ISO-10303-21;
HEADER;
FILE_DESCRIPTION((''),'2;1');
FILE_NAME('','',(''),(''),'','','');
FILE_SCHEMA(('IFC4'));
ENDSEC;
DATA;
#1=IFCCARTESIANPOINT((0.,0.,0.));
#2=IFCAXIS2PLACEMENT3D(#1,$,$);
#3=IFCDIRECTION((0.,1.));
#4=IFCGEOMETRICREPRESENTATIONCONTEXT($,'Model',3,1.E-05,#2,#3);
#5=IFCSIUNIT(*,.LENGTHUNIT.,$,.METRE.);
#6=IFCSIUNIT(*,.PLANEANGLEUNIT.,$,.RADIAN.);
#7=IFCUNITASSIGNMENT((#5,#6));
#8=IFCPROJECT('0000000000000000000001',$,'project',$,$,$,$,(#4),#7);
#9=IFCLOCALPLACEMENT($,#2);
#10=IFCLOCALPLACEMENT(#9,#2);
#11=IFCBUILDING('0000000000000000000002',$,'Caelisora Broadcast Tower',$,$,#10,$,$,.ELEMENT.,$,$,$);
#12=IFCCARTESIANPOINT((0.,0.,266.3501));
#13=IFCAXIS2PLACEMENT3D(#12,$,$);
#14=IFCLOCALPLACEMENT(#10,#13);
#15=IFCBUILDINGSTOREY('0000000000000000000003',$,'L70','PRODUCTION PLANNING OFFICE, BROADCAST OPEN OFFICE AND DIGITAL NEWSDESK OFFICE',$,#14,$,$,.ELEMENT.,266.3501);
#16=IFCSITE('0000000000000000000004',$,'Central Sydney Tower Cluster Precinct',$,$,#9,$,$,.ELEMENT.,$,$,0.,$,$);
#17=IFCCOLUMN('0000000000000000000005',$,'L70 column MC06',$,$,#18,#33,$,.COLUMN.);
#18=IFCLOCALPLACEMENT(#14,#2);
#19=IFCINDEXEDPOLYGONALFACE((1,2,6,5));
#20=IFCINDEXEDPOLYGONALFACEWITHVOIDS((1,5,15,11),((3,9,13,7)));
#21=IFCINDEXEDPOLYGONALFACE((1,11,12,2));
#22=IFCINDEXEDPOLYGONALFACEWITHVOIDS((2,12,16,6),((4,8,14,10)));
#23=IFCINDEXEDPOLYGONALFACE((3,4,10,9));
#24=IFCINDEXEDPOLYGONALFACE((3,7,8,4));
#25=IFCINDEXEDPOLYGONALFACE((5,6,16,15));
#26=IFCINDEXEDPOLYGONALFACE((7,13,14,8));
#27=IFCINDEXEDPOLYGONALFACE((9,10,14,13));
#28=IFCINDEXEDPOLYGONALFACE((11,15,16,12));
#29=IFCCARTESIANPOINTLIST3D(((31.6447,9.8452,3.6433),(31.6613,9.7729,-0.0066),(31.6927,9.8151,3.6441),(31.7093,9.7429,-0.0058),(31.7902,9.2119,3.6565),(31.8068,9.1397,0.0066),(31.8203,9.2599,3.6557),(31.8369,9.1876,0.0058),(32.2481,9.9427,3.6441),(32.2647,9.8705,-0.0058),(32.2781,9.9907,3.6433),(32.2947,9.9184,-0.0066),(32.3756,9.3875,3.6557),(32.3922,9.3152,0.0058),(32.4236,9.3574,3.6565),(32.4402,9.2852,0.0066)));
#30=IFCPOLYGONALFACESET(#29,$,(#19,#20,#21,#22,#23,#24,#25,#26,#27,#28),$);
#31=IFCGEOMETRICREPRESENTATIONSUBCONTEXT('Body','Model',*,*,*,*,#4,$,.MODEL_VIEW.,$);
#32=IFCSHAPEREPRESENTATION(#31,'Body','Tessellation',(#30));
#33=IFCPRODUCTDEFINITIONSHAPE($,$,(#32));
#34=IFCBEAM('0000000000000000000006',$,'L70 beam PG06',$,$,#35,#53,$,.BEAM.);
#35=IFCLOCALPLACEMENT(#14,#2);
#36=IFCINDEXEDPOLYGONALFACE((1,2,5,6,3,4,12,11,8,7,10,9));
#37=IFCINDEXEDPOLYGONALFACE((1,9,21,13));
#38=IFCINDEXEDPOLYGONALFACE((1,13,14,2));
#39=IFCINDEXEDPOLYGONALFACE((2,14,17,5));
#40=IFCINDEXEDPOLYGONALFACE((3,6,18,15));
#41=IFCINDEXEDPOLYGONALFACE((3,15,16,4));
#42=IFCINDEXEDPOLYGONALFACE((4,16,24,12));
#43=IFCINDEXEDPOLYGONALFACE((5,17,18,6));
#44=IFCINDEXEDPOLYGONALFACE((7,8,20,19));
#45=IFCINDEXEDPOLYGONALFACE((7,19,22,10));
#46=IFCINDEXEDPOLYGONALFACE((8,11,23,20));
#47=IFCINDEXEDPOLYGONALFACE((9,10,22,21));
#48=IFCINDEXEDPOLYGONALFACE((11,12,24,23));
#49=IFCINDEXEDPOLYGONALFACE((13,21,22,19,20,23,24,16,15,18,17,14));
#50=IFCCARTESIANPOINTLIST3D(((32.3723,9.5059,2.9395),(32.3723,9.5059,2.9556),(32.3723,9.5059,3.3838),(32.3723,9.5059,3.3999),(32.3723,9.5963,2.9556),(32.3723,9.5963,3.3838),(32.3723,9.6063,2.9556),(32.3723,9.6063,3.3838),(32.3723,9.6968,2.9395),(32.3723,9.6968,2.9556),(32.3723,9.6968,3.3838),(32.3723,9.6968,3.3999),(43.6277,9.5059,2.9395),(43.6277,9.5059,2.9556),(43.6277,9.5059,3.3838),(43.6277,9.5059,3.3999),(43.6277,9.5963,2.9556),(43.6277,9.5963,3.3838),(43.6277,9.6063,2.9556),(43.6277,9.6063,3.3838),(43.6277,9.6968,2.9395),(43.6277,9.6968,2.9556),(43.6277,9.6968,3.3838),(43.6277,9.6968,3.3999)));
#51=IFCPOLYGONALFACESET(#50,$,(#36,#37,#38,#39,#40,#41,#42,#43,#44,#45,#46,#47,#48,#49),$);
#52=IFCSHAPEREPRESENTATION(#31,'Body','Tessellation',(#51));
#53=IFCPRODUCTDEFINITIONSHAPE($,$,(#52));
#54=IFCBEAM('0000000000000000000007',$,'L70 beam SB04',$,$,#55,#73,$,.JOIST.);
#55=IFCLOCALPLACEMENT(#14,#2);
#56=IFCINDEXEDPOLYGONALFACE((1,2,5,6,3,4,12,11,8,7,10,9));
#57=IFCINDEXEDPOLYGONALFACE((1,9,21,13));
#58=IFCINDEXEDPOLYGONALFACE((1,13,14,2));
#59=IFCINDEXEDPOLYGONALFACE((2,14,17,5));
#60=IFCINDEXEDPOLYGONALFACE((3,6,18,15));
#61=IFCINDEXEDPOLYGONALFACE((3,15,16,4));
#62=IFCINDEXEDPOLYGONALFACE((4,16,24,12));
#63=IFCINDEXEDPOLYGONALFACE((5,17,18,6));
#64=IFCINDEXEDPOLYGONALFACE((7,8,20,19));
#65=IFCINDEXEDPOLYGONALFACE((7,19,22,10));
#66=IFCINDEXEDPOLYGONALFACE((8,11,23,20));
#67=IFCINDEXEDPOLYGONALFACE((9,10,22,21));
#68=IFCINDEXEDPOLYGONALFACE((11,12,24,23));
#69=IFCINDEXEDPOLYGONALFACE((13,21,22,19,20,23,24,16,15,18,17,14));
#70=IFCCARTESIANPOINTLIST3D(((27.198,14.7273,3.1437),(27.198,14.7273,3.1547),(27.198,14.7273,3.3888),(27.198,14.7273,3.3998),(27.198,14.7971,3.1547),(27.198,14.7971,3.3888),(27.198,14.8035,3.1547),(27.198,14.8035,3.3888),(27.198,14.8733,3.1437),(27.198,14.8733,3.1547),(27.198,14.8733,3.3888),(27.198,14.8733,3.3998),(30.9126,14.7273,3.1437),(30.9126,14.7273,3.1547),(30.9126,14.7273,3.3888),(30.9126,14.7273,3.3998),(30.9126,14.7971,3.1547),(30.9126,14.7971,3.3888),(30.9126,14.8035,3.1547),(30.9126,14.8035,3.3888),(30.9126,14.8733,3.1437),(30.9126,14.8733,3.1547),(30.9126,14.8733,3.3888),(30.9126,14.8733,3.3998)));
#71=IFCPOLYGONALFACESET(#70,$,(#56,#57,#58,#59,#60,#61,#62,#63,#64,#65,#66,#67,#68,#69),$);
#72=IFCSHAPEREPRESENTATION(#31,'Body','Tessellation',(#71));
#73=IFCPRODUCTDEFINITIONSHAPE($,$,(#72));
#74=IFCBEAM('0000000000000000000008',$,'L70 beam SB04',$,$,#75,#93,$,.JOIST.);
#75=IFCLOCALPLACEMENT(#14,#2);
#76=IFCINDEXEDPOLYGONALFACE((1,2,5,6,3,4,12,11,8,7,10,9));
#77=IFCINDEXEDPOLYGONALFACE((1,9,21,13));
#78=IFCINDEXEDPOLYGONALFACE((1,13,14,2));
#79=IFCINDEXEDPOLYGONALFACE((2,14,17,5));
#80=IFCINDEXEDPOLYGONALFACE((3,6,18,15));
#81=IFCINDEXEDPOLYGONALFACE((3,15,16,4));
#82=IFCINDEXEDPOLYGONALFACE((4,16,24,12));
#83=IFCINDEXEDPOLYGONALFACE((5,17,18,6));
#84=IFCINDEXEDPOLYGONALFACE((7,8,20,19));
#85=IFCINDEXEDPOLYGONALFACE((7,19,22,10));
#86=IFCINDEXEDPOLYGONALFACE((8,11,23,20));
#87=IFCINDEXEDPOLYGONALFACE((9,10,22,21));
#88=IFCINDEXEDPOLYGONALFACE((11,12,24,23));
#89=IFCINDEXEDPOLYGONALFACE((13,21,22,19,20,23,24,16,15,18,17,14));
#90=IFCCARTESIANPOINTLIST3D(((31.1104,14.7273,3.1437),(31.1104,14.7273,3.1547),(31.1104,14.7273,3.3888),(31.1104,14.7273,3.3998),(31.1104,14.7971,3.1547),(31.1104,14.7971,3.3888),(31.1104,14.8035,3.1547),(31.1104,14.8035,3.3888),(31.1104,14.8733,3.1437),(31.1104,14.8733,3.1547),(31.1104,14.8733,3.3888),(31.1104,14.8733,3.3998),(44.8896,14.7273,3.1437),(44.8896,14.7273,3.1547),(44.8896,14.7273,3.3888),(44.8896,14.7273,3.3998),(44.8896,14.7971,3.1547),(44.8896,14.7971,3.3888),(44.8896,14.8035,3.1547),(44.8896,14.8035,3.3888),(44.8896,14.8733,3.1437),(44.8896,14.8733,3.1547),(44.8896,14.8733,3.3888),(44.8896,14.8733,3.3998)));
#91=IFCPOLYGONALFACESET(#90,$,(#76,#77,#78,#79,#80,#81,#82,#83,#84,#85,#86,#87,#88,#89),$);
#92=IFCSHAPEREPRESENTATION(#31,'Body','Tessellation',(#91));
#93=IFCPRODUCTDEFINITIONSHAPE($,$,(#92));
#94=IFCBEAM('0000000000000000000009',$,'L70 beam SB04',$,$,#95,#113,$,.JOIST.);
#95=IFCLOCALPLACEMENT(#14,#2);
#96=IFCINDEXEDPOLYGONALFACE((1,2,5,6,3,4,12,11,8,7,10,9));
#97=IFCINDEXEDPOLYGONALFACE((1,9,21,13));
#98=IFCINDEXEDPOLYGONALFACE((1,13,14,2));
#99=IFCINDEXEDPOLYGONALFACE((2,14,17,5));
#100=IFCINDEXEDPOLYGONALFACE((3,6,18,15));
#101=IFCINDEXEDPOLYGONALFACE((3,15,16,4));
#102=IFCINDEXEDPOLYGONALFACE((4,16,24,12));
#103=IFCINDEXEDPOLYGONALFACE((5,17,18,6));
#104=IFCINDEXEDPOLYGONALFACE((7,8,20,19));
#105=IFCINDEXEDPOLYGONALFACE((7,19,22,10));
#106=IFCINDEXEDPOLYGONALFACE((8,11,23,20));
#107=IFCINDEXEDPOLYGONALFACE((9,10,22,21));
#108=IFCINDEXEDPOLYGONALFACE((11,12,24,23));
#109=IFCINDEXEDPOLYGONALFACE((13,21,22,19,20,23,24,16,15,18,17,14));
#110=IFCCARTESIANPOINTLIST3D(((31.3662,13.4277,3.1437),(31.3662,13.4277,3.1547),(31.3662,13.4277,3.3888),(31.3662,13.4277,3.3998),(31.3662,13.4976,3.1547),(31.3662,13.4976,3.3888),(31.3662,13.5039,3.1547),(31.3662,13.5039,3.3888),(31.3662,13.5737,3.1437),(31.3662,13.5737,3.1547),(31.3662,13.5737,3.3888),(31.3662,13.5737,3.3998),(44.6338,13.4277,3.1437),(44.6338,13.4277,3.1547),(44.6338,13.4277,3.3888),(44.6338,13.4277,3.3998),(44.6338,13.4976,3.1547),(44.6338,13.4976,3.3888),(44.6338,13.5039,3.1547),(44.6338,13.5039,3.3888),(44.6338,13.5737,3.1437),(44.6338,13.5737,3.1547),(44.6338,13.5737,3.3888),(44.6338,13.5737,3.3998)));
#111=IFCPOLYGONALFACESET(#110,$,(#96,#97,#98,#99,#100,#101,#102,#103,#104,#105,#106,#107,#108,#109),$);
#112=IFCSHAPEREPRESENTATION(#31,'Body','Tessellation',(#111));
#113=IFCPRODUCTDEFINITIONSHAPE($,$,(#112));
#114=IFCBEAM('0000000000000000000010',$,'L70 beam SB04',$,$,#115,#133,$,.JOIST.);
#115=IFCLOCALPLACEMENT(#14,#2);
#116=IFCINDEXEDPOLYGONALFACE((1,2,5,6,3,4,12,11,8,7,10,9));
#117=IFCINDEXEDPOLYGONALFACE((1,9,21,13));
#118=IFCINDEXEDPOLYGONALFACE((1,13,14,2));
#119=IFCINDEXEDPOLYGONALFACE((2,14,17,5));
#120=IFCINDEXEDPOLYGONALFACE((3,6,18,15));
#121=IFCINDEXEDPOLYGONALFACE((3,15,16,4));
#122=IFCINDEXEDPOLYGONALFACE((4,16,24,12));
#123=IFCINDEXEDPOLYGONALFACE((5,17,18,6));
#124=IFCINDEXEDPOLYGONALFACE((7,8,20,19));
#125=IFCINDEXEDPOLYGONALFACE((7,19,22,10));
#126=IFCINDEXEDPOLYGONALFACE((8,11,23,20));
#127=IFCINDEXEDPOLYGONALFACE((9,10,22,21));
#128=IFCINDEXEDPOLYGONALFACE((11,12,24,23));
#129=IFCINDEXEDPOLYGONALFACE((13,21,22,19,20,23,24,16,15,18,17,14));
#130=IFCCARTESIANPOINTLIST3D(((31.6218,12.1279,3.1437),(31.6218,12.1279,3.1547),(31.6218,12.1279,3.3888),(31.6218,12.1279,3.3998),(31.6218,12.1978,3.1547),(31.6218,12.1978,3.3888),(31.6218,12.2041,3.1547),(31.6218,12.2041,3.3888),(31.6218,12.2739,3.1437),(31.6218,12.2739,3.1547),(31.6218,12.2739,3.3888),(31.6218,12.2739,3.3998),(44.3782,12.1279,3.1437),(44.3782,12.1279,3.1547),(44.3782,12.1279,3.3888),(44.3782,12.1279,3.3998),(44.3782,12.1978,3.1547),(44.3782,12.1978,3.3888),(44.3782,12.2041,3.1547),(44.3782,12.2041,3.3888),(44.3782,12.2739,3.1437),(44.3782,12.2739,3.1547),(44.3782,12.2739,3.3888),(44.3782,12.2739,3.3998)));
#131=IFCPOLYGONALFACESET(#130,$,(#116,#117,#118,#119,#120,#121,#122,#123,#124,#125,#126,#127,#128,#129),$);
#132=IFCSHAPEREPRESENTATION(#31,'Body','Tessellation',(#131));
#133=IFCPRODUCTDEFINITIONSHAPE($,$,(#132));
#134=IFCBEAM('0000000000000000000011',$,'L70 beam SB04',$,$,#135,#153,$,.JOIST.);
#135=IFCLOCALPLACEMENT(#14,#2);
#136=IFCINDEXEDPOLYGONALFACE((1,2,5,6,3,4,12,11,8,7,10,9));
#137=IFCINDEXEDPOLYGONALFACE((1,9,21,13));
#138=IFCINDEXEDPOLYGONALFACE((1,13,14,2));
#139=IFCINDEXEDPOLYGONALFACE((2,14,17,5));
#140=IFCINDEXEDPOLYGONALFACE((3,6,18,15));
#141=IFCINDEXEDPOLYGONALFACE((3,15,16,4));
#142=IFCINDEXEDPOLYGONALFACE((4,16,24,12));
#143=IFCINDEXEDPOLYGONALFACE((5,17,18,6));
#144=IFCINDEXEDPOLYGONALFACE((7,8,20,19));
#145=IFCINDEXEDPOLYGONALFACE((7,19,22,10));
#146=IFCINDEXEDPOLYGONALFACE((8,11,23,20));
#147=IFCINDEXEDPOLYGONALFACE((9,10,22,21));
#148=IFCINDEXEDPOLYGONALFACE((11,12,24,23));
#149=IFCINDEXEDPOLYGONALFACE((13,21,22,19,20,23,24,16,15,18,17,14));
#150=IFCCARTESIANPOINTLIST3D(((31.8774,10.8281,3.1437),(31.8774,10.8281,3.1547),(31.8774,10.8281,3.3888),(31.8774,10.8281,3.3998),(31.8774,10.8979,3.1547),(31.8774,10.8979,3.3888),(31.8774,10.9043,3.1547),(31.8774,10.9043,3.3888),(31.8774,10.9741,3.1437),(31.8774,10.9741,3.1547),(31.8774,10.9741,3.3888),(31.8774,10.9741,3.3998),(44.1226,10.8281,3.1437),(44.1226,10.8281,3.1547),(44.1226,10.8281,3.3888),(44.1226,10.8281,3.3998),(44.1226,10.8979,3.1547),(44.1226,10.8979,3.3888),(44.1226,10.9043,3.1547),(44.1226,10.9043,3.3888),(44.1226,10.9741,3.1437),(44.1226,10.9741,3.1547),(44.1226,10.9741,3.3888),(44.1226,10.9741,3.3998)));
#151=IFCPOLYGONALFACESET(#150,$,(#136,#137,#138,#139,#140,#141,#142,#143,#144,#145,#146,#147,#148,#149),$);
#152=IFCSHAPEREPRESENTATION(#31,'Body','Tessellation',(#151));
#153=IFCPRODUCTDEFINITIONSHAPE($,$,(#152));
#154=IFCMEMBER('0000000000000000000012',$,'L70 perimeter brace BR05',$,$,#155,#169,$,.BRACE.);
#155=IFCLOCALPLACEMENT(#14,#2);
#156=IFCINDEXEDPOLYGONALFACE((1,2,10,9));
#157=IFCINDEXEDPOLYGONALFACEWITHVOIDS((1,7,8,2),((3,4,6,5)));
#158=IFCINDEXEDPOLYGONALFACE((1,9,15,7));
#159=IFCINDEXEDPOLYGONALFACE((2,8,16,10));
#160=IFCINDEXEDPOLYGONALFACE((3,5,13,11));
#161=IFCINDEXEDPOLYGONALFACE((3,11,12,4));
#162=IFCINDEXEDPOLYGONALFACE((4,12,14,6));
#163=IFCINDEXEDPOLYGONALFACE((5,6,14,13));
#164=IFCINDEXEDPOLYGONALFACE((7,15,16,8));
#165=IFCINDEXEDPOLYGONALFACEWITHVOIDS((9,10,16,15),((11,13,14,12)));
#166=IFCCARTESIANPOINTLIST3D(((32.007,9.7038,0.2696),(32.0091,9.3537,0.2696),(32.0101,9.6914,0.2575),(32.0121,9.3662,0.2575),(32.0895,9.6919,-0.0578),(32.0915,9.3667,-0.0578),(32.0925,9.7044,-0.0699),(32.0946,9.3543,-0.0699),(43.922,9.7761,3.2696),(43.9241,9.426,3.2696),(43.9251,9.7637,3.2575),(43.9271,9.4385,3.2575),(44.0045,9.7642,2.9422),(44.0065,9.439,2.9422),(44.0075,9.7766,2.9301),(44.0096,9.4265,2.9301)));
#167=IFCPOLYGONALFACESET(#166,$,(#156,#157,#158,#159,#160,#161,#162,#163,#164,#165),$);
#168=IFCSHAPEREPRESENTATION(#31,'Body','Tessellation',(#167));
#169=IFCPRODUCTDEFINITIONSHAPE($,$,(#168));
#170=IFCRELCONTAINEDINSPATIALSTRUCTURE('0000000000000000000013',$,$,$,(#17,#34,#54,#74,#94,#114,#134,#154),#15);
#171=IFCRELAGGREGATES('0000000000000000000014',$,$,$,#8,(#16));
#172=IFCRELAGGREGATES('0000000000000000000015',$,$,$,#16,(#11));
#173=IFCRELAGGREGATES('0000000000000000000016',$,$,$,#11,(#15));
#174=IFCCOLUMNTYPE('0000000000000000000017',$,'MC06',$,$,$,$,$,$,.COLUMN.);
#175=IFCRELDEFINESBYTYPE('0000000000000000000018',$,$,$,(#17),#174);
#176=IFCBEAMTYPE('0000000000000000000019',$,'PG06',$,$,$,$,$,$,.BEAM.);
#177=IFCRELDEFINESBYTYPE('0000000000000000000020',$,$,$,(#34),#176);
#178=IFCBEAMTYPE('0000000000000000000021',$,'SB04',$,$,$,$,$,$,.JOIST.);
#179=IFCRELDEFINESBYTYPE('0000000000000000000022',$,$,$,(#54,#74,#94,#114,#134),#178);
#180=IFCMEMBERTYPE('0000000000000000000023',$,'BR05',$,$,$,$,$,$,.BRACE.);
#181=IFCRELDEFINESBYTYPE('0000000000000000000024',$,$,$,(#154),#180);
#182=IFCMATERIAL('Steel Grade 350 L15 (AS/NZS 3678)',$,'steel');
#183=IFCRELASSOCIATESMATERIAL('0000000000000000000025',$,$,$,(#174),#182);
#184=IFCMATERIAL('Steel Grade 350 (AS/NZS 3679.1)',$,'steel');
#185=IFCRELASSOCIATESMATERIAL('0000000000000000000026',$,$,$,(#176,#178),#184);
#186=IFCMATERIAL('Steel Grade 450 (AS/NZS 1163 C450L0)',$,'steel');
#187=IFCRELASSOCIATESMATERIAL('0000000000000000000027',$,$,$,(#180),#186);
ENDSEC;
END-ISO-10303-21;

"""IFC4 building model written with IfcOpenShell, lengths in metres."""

from ifc_helpers import new_model, si_unit, direction, frame, origin, origin_2d, place, context, subcontext, project, spatial, hollow_rectangle, i_section, extrude, source, transform, mapped, material, material_profile, profile_set, type_object, type_shapes, element, save


model = new_model("IFC4")

# Units and contexts
model_context = context("Model", 3, precision=1e-05, world=origin(), true_north=direction((0.0, 1.0)))
body_context = subcontext(model_context, "Body", "Model", "MODEL_VIEW")
ifc_project = project(units=[si_unit("LENGTHUNIT", "METRE"), si_unit("PLANEANGLEUNIT", "RADIAN")], contexts=[model_context])

# Site, building, storey
site_placement = place(None, origin())
site = spatial("IfcSite", under=ifc_project, at=site_placement, Name="Central Sydney Tower Cluster Precinct", CompositionType="ELEMENT", RefElevation=0.0)
building_placement = place(site_placement, origin())
building = spatial("IfcBuilding", under=site, at=building_placement, Name="Caelisora Broadcast Tower", CompositionType="ELEMENT")
storey_placement = place(building_placement, frame((0.0, 0.0, 266.3501)))
storey = spatial("IfcBuildingStorey", under=building, at=storey_placement, Name="L70", Description="PRODUCTION PLANNING OFFICE, BROADCAST OPEN OFFICE AND DIGITAL NEWSDESK OFFICE", CompositionType="ELEMENT", Elevation=266.3501)

# Column
ifc_material_1 = material(Name="Steel Grade 350 L15 (AS/NZS 3678)", Category="steel")
ifc_material_profile_1 = material_profile(ifc_material_1, hollow_rectangle(XDim=0.6499, YDim=0.6499, WallThickness=0.04, at=origin_2d()), Name="Steel Grade 350 L15 (AS/NZS 3678)")
ifc_profile_set_1 = profile_set([ifc_material_profile_1], Name="Steel Grade 350 L15 (AS/NZS 3678)")
column_type = type_object("IfcColumnType", Name="MC06", PredefinedType="COLUMN", material=ifc_profile_set_1)
shared_shape_1 = source(origin(), body_context, "Body", "SweptSolid", [
    extrude(hollow_rectangle(XDim=0.6499, YDim=0.6499, WallThickness=0.04, at=origin_2d()), origin(), (0.0, 0.0, 1.0), 3.6506),
])
type_shapes(column_type, [shared_shape_1])
column_placement = place(storey_placement, frame((32.0508, 9.5291, 0.0), z_axis=(-0.004548, 0.019795, 0.999794), x_axis=(-0.974613, -0.223898, 0.0)))
element("IfcColumn", 1, at=column_placement, inside=storey, type_object=column_type, Name="L70 column MC06", PredefinedType="COLUMN", context=body_context, shape_type="MappedRepresentation", body=[
    mapped(shared_shape_1, transform((0.0, 0.0, 0.0), scale=1.0)),
])

# Beams
ifc_material_2 = material(Name="Steel Grade 350 (AS/NZS 3679.1)", Category="steel")
ifc_material_profile_2 = material_profile(ifc_material_2, i_section(OverallWidth=0.1909, OverallDepth=0.4604, WebThickness=0.01, FlangeThickness=0.0161, at=origin_2d()), Name="Steel Grade 350 (AS/NZS 3679.1)")
ifc_profile_set_2 = profile_set([ifc_material_profile_2], Name="Steel Grade 350 (AS/NZS 3679.1)")
beam_type_1 = type_object("IfcBeamType", Name="PG06", PredefinedType="BEAM", material=ifc_profile_set_2)
shared_shape_2 = source(origin(), body_context, "Body", "SweptSolid", [
    extrude(i_section(OverallWidth=0.1909, OverallDepth=0.4604, WebThickness=0.01, FlangeThickness=0.0161, at=origin_2d()), origin(), (0.0, 0.0, 1.0), 11.2554),
])
type_shapes(beam_type_1, [shared_shape_2])
beam_1_placement = place(storey_placement, frame((32.3723, 9.6013, 3.1697), z_axis=(1.0, 0.0, 0.0), x_axis=(0.0, 1.0, 0.0)))
element("IfcBeam", 2, at=beam_1_placement, inside=storey, type_object=beam_type_1, Name="L70 beam PG06", PredefinedType="BEAM", context=body_context, shape_type="MappedRepresentation", body=[
    mapped(shared_shape_2, transform((0.0, 0.0, 0.0), scale=1.0)),
])
ifc_material_profile_3 = material_profile(ifc_material_2, i_section(OverallWidth=0.146, OverallDepth=0.2561, WebThickness=0.0063, FlangeThickness=0.011, at=origin_2d()), Name="Steel Grade 350 (AS/NZS 3679.1)")
ifc_profile_set_3 = profile_set([ifc_material_profile_3], Name="Steel Grade 350 (AS/NZS 3679.1)")
beam_type_2 = type_object("IfcBeamType", Name="SB04", PredefinedType="JOIST", material=ifc_profile_set_3)
shared_shape_3 = source(origin(), body_context, "Body", "SweptSolid", [
    extrude(i_section(OverallWidth=0.146, OverallDepth=0.2561, WebThickness=0.0063, FlangeThickness=0.011, at=origin_2d()), origin(), (0.0, 0.0, 1.0), 3.7146),
])
beam_2_placement = place(storey_placement, frame((27.198, 14.8003, 3.2717), z_axis=(1.0, 0.0, 0.0), x_axis=(0.0, 1.0, 0.0)))
element("IfcBeam", 3, at=beam_2_placement, inside=storey, type_object=beam_type_2, Name="L70 beam SB04", PredefinedType="JOIST", context=body_context, shape_type="MappedRepresentation", body=[
    mapped(shared_shape_3, transform((0.0, 0.0, 0.0), scale=1.0)),
])
shared_shape_4 = source(origin(), body_context, "Body", "SweptSolid", [
    extrude(i_section(OverallWidth=0.146, OverallDepth=0.2561, WebThickness=0.0063, FlangeThickness=0.011, at=origin_2d()), origin(), (0.0, 0.0, 1.0), 13.7793),
])
beam_3_placement = place(storey_placement, frame((31.1104, 14.8003, 3.2717), z_axis=(1.0, 0.0, 0.0), x_axis=(0.0, 1.0, 0.0)))
element("IfcBeam", 4, at=beam_3_placement, inside=storey, type_object=beam_type_2, Name="L70 beam SB04", PredefinedType="JOIST", context=body_context, shape_type="MappedRepresentation", body=[
    mapped(shared_shape_4, transform((0.0, 0.0, 0.0), scale=1.0)),
])
shared_shape_5 = source(origin(), body_context, "Body", "SweptSolid", [
    extrude(i_section(OverallWidth=0.146, OverallDepth=0.2561, WebThickness=0.0063, FlangeThickness=0.011, at=origin_2d()), origin(), (0.0, 0.0, 1.0), 13.2676),
])
beam_4_placement = place(storey_placement, frame((31.3662, 13.5007, 3.2717), z_axis=(1.0, 0.0, 0.0), x_axis=(0.0, 1.0, 0.0)))
element("IfcBeam", 5, at=beam_4_placement, inside=storey, type_object=beam_type_2, Name="L70 beam SB04", PredefinedType="JOIST", context=body_context, shape_type="MappedRepresentation", body=[
    mapped(shared_shape_5, transform((0.0, 0.0, 0.0), scale=1.0)),
])
shared_shape_6 = source(origin(), body_context, "Body", "SweptSolid", [
    extrude(i_section(OverallWidth=0.146, OverallDepth=0.2561, WebThickness=0.0063, FlangeThickness=0.011, at=origin_2d()), origin(), (0.0, 0.0, 1.0), 12.7563),
])
beam_5_placement = place(storey_placement, frame((31.6218, 12.2009, 3.2717), z_axis=(1.0, 0.0, 0.0), x_axis=(0.0, 1.0, 0.0)))
element("IfcBeam", 6, at=beam_5_placement, inside=storey, type_object=beam_type_2, Name="L70 beam SB04", PredefinedType="JOIST", context=body_context, shape_type="MappedRepresentation", body=[
    mapped(shared_shape_6, transform((0.0, 0.0, 0.0), scale=1.0)),
])
shared_shape_7 = source(origin(), body_context, "Body", "SweptSolid", [
    extrude(i_section(OverallWidth=0.146, OverallDepth=0.2561, WebThickness=0.0063, FlangeThickness=0.011, at=origin_2d()), origin(), (0.0, 0.0, 1.0), 12.2451),
])
type_shapes(beam_type_2, [shared_shape_3, shared_shape_4, shared_shape_5, shared_shape_6, shared_shape_7])
beam_6_placement = place(storey_placement, frame((31.8774, 10.9011, 3.2717), z_axis=(1.0, 0.0, 0.0), x_axis=(0.0, 1.0, 0.0)))
element("IfcBeam", 7, at=beam_6_placement, inside=storey, type_object=beam_type_2, Name="L70 beam SB04", PredefinedType="JOIST", context=body_context, shape_type="MappedRepresentation", body=[
    mapped(shared_shape_7, transform((0.0, 0.0, 0.0), scale=1.0)),
])

# Member
ifc_material_3 = material(Name="Steel Grade 450 (AS/NZS 1163 C450L0)", Category="steel")
ifc_material_profile_4 = material_profile(ifc_material_3, hollow_rectangle(XDim=0.3501, YDim=0.3501, WallThickness=0.0125, at=origin_2d()), Name="Steel Grade 450 (AS/NZS 1163 C450L0)")
ifc_profile_set_4 = profile_set([ifc_material_profile_4], Name="Steel Grade 450 (AS/NZS 1163 C450L0)")
member_type_1 = type_object("IfcMemberType", Name="BR05", PredefinedType="BRACE", material=ifc_profile_set_4)
shared_shape_8 = source(origin(), body_context, "Body", "SweptSolid", [
    extrude(hollow_rectangle(XDim=0.3501, YDim=0.3501, WallThickness=0.0125, at=origin_2d()), origin(), (0.0, 0.0, 1.0), 12.2871),
])
type_shapes(member_type_1, [shared_shape_8])
member_1_placement = place(storey_placement, frame((32.0508, 9.5291, 0.0999), z_axis=(0.969718, 0.005881, 0.244158), x_axis=(-0.006065, 0.999982, 0.0)))
element("IfcMember", 8, at=member_1_placement, inside=storey, type_object=member_type_1, Name="L70 perimeter brace BR05", PredefinedType="BRACE", context=body_context, shape_type="MappedRepresentation", body=[
    mapped(shared_shape_8, transform((0.0, 0.0, 0.0), scale=1.0)),
])

save(model, "model.ifc")
